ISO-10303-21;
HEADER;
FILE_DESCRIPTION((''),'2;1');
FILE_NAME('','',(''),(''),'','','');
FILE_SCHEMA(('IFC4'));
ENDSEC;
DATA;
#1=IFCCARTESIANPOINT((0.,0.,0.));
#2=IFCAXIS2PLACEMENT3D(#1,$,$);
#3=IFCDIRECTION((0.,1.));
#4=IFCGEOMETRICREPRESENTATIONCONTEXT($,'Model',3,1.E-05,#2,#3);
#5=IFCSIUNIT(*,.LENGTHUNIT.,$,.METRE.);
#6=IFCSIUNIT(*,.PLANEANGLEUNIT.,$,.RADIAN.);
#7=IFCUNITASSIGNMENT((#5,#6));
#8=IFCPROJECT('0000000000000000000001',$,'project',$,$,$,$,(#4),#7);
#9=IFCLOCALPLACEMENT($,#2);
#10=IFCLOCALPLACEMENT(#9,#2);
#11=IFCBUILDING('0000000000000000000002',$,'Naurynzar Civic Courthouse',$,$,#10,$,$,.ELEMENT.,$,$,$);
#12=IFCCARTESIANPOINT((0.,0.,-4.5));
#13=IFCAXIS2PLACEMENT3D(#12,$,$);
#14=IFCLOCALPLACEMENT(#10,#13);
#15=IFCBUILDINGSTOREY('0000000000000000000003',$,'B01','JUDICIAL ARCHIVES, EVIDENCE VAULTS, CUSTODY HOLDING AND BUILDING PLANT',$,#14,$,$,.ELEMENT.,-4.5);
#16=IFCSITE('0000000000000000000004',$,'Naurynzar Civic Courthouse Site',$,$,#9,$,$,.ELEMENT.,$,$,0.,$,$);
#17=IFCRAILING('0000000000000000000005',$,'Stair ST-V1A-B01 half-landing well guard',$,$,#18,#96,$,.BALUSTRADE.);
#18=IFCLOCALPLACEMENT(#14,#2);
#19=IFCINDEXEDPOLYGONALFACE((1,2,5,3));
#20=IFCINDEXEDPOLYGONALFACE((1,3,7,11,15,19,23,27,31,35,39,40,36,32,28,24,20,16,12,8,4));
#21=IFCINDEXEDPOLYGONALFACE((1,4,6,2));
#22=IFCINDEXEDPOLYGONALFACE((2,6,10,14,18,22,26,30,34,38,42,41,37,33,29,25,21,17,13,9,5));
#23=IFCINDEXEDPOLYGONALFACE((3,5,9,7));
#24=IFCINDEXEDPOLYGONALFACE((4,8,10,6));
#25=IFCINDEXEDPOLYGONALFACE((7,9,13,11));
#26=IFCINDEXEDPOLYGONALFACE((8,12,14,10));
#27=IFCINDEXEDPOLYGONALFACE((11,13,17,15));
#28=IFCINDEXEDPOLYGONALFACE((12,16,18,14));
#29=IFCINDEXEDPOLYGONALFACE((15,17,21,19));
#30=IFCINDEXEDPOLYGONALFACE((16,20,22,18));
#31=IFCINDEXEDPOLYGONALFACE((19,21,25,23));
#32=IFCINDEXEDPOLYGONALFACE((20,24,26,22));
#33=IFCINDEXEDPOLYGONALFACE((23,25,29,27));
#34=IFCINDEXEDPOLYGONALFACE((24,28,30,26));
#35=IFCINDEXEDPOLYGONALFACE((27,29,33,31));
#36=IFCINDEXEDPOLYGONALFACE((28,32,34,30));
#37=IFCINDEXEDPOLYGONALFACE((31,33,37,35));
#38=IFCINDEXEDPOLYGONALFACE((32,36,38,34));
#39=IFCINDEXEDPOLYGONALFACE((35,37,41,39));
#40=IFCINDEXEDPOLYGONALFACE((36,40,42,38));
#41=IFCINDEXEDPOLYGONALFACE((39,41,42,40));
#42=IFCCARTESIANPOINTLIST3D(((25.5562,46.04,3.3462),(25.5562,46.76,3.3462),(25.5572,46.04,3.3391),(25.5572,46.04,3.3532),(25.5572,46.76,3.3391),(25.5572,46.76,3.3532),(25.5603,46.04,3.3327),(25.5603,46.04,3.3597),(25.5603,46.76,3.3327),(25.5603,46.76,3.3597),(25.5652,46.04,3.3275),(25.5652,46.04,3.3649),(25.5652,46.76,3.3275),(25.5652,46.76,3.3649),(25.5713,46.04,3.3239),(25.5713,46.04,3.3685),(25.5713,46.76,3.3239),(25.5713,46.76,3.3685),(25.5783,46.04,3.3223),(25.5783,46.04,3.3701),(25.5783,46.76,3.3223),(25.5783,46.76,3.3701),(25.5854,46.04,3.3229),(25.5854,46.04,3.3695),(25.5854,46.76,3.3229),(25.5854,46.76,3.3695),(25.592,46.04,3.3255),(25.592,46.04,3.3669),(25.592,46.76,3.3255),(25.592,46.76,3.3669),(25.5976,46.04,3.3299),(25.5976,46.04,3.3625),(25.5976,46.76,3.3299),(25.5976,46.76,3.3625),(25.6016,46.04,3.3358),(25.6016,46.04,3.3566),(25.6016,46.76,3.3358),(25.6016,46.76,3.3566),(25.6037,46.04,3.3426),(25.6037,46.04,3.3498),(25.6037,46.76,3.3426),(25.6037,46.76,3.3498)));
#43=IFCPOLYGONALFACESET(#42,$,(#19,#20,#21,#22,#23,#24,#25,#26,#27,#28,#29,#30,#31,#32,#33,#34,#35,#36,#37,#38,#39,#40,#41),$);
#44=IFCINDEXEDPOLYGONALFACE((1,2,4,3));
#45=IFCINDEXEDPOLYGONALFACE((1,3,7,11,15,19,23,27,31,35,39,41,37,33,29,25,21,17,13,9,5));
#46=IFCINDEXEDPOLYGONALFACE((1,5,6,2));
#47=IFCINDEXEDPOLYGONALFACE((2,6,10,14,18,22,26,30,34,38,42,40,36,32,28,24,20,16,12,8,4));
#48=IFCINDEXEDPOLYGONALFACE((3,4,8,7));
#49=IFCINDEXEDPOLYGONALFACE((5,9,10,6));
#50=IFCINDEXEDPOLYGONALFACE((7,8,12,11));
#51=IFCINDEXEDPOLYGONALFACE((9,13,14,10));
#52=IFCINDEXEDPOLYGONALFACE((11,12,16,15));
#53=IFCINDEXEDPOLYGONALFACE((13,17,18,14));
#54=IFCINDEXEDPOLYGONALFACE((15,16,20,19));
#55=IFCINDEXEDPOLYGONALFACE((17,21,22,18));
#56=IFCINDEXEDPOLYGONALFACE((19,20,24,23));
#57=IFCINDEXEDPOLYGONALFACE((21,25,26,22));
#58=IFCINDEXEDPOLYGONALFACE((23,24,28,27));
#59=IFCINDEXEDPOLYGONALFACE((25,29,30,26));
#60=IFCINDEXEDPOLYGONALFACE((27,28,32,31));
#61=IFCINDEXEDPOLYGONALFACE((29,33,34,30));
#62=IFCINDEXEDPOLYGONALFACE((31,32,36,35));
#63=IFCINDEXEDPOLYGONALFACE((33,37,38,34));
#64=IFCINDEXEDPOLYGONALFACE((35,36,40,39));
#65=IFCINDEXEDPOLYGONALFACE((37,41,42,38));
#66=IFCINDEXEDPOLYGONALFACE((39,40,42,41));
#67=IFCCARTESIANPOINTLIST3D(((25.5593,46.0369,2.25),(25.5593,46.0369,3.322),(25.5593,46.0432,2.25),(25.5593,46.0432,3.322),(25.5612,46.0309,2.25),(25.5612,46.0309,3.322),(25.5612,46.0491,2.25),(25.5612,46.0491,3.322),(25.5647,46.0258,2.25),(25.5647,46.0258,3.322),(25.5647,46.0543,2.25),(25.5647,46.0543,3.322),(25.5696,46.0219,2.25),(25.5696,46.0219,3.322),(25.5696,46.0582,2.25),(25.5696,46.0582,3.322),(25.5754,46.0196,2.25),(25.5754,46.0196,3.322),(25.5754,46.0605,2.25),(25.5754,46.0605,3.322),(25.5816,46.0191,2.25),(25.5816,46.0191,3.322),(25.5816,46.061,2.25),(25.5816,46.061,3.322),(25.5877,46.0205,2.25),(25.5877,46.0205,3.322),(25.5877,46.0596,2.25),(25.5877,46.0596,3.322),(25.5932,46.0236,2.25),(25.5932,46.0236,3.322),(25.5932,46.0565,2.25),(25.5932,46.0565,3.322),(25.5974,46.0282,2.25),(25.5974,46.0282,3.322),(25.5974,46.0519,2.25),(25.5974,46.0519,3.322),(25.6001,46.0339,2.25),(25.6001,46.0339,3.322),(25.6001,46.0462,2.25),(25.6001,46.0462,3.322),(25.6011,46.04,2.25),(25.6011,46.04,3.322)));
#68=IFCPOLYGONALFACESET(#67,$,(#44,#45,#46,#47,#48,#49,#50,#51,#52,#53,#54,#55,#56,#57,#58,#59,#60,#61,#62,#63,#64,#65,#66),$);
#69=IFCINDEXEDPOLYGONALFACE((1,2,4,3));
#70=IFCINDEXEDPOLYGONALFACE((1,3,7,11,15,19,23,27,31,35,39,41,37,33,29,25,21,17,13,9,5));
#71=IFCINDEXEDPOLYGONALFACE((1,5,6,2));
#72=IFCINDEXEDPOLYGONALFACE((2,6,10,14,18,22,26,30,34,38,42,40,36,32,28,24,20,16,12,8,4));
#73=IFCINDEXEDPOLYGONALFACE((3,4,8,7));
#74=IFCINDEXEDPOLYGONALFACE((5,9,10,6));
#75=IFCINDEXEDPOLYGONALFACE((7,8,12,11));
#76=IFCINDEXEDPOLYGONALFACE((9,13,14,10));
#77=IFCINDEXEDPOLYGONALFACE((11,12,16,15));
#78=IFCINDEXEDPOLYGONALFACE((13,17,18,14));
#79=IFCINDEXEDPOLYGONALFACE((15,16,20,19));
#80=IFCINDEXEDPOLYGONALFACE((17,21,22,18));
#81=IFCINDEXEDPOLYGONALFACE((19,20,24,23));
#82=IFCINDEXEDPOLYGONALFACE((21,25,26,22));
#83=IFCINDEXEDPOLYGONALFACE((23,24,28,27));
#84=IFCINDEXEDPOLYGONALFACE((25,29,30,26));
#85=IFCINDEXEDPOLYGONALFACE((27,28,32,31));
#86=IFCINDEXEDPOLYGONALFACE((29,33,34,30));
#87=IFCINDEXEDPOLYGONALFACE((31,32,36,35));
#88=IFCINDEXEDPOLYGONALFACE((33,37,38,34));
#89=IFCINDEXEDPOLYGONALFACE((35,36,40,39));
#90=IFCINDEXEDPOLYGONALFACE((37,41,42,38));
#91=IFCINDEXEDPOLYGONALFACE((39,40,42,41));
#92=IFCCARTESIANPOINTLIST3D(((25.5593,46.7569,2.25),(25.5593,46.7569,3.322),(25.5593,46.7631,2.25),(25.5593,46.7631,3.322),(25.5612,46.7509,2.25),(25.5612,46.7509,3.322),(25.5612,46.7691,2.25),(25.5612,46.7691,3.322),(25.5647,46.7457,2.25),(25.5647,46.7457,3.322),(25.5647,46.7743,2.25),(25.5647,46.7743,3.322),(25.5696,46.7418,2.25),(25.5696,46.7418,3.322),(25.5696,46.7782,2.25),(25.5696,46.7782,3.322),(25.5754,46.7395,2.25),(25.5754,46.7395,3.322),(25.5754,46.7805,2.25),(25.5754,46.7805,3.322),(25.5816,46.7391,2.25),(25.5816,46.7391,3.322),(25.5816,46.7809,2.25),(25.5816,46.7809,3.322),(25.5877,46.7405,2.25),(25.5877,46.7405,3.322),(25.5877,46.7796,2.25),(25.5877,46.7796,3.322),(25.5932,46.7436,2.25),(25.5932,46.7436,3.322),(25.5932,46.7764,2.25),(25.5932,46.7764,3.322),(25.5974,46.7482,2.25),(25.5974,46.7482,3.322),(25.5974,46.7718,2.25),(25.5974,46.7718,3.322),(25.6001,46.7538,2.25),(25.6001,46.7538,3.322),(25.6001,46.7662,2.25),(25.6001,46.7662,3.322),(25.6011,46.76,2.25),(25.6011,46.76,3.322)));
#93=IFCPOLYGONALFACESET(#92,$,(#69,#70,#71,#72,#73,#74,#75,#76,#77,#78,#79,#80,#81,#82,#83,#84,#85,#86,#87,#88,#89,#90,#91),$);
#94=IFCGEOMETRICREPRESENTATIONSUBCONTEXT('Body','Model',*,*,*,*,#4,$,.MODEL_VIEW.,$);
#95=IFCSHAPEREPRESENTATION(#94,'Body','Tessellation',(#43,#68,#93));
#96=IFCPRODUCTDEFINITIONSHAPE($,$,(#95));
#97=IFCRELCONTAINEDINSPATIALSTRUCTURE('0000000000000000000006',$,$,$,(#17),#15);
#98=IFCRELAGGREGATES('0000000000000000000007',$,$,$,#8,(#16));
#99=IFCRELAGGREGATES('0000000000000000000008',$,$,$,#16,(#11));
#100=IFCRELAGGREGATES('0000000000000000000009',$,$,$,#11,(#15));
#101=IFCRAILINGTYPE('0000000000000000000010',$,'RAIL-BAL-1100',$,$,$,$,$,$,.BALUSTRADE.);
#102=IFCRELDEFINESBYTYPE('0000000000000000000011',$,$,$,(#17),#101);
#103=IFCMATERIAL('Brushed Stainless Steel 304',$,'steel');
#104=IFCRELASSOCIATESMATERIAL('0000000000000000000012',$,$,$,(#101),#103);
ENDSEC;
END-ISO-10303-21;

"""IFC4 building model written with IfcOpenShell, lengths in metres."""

from ifc_helpers import new_model, si_unit, direction, frame, origin, origin_2d, place, context, subcontext, project, spatial, circle, extrude, material, type_object, element, save


model = new_model("IFC4")

# Units and contexts
model_context = context("Model", 3, precision=1e-05, world=origin(), true_north=direction((0.0, 1.0)))
body_context = subcontext(model_context, "Body", "Model", "MODEL_VIEW")
ifc_project = project(units=[si_unit("LENGTHUNIT", "METRE"), si_unit("PLANEANGLEUNIT", "RADIAN")], contexts=[model_context])

# Site, building, storey
site_placement = place(None, origin())
site = spatial("IfcSite", under=ifc_project, at=site_placement, Name="Naurynzar Civic Courthouse Site", CompositionType="ELEMENT", RefElevation=0.0)
building_placement = place(site_placement, origin())
building = spatial("IfcBuilding", under=site, at=building_placement, Name="Naurynzar Civic Courthouse", CompositionType="ELEMENT")
storey_placement = place(building_placement, frame((0.0, 0.0, -4.5)))
storey = spatial("IfcBuildingStorey", under=building, at=storey_placement, Name="B01", Description="JUDICIAL ARCHIVES, EVIDENCE VAULTS, CUSTODY HOLDING AND BUILDING PLANT", CompositionType="ELEMENT", Elevation=-4.5)

# Railing
ifc_material_1 = material(Name="Brushed Stainless Steel 304", Category="steel")
railing_type_1 = type_object("IfcRailingType", Name="RAIL-BAL-1100", PredefinedType="BALUSTRADE", material=ifc_material_1)
railing_1_placement = place(storey_placement, frame((25.5801, 46.04, 2.25)))
element("IfcRailing", 1, at=railing_1_placement, inside=storey, type_object=railing_type_1, Name="Stair ST-V1A-B01 half-landing well guard", PredefinedType="BALUSTRADE", context=body_context, shape_type="SweptSolid", body=[
    extrude(circle(Radius=0.0239, at=origin_2d()), frame((0.0, 0.0, 1.0962), z_axis=(0.0, 1.0, 0.0), x_axis=(-1.0, 0.0, 0.0)), (0.0, 0.0, 1.0), 0.72),
    extrude(circle(Radius=0.021, at=origin_2d()), origin(), (0.0, 0.0, 1.0), 1.072),
    extrude(circle(Radius=0.021, at=origin_2d()), frame((0.0, 0.72, 0.0)), (0.0, 0.0, 1.0), 1.072),
])

save(model, "model.ifc")
